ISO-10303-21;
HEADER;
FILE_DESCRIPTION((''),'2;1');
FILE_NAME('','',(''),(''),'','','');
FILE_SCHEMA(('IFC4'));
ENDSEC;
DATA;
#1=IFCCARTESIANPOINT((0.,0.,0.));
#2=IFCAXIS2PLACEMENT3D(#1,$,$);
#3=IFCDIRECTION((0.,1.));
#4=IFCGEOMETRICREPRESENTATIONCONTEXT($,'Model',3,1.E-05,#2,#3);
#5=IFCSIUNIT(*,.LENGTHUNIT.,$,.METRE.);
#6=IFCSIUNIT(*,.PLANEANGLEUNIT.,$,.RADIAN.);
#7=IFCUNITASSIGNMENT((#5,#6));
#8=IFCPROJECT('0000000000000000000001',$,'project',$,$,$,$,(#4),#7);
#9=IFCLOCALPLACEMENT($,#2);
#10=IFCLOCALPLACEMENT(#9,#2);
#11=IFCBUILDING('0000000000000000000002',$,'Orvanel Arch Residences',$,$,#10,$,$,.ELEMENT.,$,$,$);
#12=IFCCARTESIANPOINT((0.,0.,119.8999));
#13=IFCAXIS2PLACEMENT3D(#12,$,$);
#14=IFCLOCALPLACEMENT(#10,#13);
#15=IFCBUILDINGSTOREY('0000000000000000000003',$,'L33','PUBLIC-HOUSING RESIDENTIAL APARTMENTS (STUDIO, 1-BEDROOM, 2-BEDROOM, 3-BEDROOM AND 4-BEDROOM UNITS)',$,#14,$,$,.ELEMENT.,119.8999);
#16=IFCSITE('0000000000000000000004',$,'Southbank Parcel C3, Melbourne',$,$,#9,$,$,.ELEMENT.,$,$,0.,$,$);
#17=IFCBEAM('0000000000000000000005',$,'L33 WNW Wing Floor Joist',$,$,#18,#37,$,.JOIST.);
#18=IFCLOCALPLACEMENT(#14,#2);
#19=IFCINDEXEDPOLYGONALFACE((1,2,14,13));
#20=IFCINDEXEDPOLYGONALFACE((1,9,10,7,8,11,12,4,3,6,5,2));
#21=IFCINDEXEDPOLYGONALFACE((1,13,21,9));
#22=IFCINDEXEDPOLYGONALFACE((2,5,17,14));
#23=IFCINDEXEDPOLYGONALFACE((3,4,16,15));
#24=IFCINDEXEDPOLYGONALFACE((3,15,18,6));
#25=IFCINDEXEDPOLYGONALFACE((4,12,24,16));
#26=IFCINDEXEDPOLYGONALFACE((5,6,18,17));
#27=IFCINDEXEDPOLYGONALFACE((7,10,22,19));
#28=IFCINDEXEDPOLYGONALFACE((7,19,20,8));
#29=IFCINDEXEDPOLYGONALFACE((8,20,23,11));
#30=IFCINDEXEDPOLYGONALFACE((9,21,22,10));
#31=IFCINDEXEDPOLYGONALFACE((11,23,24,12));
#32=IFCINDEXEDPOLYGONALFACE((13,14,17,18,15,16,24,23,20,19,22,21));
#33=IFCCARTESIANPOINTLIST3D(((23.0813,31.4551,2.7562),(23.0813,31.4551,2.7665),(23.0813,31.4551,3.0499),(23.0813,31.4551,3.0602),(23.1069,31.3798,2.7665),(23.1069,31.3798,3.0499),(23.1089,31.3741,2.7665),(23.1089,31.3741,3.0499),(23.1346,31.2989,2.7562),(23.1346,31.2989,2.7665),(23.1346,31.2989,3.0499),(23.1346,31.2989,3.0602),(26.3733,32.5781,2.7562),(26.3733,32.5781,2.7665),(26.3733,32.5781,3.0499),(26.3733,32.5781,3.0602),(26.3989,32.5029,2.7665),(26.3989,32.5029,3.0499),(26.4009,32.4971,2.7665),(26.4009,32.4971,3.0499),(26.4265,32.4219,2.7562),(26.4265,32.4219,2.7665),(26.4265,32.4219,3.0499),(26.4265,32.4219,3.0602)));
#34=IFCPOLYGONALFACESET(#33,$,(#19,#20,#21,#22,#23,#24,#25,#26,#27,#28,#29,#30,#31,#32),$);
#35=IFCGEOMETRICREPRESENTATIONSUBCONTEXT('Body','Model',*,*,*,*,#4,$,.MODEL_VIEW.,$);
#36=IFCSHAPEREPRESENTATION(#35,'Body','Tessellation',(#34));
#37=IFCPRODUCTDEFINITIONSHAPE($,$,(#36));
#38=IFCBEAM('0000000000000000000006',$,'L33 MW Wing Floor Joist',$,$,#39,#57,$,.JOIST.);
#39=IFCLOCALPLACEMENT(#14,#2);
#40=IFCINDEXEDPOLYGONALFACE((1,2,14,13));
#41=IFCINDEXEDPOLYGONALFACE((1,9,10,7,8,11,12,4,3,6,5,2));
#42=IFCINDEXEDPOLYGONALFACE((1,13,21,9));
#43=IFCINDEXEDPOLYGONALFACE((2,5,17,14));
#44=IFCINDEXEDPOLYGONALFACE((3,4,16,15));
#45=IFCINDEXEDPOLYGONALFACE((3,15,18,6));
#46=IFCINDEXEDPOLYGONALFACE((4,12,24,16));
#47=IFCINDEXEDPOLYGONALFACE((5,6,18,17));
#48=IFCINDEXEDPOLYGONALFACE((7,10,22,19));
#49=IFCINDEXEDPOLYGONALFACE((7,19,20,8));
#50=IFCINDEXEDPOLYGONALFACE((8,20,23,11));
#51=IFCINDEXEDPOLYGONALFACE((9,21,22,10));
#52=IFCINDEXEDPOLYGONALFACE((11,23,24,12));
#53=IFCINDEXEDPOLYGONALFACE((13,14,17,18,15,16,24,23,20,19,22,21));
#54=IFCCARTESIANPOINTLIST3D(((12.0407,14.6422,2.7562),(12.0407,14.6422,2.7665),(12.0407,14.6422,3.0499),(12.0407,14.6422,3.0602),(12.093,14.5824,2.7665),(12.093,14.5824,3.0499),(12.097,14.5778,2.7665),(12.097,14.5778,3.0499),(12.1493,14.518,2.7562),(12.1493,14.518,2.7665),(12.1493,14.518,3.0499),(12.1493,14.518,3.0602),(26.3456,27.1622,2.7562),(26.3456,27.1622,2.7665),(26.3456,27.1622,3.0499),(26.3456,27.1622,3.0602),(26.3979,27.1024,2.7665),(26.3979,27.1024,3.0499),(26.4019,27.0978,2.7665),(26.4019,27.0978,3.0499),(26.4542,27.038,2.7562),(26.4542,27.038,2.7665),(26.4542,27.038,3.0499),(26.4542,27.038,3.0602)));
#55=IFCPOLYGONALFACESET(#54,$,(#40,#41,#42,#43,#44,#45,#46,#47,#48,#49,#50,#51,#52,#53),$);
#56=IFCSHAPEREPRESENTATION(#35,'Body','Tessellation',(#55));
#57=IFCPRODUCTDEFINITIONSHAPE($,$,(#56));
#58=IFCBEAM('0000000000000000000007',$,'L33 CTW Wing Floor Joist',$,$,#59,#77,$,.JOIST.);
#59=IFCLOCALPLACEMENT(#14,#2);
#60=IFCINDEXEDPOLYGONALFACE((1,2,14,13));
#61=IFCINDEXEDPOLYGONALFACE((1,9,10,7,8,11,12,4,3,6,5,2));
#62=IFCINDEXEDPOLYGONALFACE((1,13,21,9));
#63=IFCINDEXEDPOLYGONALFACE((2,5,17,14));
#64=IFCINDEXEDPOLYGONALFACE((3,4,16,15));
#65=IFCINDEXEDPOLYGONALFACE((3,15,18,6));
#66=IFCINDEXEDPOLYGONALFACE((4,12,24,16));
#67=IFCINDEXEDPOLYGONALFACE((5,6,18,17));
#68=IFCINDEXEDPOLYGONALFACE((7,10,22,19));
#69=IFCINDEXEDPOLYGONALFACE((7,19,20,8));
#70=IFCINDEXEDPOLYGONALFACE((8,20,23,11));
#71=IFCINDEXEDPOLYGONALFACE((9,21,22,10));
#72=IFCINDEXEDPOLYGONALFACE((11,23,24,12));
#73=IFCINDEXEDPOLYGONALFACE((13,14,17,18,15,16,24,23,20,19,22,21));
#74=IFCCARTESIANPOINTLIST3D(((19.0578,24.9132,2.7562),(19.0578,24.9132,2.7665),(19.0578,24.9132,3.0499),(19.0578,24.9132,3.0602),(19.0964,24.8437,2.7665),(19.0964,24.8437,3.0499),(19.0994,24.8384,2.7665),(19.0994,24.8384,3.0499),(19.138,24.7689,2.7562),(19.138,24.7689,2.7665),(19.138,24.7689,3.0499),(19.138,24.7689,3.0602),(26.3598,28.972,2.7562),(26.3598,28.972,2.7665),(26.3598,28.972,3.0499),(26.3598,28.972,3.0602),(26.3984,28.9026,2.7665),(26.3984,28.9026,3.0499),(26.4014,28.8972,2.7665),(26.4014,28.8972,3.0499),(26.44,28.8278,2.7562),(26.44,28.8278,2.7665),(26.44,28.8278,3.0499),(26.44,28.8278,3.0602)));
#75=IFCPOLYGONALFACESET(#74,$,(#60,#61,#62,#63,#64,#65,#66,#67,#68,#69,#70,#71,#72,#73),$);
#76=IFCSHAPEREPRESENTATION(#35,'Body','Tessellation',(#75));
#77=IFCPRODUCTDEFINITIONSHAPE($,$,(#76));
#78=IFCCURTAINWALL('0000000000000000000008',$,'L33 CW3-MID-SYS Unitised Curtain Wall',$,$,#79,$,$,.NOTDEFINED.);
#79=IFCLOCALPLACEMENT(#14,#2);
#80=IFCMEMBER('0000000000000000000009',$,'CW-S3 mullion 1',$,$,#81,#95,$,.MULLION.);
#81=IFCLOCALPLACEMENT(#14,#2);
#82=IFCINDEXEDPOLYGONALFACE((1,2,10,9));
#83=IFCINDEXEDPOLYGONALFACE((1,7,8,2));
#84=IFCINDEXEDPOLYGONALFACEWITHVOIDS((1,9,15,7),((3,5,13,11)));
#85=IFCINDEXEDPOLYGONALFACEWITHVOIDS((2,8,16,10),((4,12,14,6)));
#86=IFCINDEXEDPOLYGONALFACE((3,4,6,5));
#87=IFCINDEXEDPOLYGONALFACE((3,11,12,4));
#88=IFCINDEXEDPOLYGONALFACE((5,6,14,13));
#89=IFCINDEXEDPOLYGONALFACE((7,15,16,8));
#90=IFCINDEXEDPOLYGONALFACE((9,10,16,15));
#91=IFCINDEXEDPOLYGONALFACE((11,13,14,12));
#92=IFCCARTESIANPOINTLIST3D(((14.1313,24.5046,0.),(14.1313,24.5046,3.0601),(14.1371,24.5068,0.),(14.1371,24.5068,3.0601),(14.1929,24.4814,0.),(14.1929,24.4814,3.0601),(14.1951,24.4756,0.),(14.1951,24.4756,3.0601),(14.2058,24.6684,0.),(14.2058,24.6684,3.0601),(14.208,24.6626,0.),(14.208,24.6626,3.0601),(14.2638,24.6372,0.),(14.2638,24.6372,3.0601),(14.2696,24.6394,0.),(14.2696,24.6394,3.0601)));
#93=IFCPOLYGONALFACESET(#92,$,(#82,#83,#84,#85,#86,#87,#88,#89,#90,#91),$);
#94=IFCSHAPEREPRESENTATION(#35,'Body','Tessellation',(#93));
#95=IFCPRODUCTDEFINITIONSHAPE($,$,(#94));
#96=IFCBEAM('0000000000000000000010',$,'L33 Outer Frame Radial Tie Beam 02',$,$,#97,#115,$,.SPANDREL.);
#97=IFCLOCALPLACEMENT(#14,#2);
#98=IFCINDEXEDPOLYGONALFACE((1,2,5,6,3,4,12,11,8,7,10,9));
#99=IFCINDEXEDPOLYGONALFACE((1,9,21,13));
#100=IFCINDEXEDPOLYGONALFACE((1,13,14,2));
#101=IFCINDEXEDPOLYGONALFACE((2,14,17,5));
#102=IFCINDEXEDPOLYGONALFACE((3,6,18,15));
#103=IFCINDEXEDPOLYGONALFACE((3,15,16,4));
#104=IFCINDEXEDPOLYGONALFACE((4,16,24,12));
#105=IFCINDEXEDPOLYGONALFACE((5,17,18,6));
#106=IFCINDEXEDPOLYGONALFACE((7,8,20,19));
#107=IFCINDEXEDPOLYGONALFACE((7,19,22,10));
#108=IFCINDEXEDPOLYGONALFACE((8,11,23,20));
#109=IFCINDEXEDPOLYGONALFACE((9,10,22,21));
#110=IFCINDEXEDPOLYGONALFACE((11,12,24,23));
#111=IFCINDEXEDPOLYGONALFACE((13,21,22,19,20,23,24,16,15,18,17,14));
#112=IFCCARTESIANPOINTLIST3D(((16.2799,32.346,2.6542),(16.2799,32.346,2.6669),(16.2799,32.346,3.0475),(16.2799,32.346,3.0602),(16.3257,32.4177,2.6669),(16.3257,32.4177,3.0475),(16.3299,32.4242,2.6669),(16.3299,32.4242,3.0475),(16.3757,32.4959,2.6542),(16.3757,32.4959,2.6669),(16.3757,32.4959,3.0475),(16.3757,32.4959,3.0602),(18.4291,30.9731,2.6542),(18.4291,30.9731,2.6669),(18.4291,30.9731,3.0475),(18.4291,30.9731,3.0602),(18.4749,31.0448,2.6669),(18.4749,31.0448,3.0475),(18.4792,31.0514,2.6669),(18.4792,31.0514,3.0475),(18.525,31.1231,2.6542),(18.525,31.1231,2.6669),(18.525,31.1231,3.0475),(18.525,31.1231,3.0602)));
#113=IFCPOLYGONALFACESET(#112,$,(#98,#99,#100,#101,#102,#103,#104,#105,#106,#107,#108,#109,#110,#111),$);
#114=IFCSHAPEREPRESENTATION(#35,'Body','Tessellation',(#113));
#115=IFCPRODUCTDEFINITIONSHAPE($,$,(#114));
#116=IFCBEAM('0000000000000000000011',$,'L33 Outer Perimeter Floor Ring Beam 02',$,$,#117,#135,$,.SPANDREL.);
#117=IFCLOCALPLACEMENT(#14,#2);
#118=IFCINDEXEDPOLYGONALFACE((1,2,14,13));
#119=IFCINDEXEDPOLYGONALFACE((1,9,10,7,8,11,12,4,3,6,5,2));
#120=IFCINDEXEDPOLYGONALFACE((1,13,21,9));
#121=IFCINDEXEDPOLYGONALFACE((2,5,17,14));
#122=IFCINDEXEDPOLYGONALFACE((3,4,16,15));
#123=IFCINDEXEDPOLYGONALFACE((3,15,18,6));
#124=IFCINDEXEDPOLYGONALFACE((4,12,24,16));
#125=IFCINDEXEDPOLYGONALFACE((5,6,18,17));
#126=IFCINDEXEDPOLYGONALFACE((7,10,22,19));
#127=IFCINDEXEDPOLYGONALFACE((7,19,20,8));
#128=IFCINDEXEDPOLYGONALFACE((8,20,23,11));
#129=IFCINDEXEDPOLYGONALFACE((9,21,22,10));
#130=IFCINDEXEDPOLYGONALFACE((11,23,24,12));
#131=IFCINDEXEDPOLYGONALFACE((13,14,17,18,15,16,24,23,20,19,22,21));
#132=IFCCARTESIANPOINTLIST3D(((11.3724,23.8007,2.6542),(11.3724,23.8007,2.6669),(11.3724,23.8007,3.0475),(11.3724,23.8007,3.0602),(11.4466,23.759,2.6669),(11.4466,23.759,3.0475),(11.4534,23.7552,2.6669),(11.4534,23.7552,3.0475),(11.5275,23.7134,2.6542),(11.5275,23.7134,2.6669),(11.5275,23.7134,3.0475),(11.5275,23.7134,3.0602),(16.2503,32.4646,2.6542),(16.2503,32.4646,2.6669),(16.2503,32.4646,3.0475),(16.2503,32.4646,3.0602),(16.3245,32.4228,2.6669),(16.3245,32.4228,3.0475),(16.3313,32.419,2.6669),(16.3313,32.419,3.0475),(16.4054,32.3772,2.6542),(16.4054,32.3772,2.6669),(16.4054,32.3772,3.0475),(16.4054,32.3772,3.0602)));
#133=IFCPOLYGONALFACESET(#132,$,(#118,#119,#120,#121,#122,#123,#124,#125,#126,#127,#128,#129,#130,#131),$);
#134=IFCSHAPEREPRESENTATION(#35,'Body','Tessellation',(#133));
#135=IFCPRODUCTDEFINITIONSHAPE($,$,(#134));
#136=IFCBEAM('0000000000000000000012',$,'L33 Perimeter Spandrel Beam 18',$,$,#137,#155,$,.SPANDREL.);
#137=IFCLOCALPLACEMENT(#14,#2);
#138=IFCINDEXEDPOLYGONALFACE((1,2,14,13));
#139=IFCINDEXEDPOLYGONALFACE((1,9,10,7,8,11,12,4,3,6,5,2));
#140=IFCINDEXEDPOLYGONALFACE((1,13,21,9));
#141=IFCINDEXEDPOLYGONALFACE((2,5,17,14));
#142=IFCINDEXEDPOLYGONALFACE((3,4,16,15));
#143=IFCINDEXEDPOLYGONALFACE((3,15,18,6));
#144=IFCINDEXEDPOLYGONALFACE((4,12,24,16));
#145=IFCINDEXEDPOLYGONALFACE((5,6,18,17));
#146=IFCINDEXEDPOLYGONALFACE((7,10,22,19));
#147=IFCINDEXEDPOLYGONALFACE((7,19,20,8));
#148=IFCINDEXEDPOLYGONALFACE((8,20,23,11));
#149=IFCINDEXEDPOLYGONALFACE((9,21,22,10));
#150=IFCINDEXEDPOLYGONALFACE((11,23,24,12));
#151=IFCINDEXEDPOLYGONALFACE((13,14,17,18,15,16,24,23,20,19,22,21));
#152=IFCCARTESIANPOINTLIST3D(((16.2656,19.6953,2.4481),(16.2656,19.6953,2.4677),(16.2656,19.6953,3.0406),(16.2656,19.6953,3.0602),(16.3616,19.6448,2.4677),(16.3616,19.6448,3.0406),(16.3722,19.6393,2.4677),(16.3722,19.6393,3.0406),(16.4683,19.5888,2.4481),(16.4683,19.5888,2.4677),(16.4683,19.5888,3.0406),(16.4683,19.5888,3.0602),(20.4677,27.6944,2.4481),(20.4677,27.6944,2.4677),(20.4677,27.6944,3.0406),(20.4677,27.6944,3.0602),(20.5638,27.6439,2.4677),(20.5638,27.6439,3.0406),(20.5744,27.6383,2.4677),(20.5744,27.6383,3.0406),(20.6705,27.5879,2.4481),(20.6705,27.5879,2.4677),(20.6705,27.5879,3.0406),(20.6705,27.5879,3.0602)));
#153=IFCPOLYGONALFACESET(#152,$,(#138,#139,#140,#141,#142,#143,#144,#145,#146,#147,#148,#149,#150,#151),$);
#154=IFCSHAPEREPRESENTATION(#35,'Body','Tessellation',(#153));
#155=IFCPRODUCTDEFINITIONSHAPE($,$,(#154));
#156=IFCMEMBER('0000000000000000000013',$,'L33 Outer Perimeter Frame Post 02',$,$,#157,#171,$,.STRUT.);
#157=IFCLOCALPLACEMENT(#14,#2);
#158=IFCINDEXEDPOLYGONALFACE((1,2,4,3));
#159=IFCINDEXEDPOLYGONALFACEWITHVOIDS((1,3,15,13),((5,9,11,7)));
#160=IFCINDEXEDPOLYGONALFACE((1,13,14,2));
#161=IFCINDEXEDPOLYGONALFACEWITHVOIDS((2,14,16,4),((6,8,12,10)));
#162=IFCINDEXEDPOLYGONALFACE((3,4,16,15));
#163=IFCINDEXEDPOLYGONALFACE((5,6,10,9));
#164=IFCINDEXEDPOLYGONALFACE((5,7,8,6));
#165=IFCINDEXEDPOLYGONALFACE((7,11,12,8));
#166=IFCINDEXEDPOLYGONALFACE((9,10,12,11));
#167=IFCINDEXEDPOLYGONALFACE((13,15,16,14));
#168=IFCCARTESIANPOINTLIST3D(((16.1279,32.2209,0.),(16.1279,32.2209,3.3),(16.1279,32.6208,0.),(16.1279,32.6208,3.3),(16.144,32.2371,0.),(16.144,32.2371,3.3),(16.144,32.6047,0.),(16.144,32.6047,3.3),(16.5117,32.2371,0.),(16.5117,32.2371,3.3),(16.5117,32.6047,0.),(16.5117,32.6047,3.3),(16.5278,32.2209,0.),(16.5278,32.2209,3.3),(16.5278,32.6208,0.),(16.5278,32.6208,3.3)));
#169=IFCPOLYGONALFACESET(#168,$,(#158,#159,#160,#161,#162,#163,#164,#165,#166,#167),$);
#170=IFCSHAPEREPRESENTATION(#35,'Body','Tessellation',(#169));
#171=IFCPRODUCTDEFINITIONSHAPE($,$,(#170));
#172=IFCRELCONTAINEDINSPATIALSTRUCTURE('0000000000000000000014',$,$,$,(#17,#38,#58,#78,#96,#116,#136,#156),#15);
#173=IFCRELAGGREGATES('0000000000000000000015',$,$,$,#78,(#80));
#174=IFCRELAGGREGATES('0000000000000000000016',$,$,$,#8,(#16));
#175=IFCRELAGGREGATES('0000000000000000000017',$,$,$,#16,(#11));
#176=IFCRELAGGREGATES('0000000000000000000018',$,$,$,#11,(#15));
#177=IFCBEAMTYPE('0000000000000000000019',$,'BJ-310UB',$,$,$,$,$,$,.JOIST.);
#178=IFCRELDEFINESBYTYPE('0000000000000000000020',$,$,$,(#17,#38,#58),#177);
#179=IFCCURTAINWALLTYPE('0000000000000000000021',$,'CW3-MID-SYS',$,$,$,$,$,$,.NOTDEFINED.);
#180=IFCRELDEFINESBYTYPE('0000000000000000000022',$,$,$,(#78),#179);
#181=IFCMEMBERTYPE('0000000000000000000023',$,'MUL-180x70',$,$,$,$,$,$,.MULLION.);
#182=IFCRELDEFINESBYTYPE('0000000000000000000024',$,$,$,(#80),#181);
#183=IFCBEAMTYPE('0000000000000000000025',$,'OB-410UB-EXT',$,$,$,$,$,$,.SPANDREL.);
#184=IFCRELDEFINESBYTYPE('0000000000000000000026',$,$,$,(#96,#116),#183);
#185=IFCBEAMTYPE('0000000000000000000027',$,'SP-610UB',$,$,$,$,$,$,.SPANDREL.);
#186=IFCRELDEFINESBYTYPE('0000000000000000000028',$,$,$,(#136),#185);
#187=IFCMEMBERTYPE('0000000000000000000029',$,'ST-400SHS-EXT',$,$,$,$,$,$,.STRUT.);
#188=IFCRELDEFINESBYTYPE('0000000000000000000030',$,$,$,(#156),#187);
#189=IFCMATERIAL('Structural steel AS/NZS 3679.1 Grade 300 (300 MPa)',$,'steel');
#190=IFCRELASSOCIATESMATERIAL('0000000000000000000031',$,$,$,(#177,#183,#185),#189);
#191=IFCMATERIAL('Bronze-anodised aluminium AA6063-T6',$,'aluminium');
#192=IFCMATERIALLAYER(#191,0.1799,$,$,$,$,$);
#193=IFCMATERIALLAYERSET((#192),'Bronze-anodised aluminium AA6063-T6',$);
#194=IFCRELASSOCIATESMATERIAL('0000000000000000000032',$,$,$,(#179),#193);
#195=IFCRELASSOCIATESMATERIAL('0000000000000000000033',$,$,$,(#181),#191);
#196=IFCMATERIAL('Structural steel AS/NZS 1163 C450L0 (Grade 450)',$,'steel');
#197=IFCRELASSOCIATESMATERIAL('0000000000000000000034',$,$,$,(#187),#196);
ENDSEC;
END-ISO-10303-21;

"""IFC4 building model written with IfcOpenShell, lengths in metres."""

from ifc_helpers import new_model, si_unit, direction, frame, origin, origin_2d, place, context, subcontext, project, spatial, hollow_rectangle, i_section, extrude, material, layer, layer_set, material_profile, profile_set, type_object, element, aggregate, save


model = new_model("IFC4")

# Units and contexts
model_context = context("Model", 3, precision=1e-05, world=origin(), true_north=direction((0.0, 1.0)))
body_context = subcontext(model_context, "Body", "Model", "MODEL_VIEW")
ifc_project = project(units=[si_unit("LENGTHUNIT", "METRE"), si_unit("PLANEANGLEUNIT", "RADIAN")], contexts=[model_context])

# Site, building, storey
site_placement = place(None, origin())
site = spatial("IfcSite", under=ifc_project, at=site_placement, Name="Southbank Parcel C3, Melbourne", CompositionType="ELEMENT", RefElevation=0.0)
building_placement = place(site_placement, origin())
building = spatial("IfcBuilding", under=site, at=building_placement, Name="Orvanel Arch Residences", CompositionType="ELEMENT")
storey_placement = place(building_placement, frame((0.0, 0.0, 119.8999)))
storey = spatial("IfcBuildingStorey", under=building, at=storey_placement, Name="L33", Description="PUBLIC-HOUSING RESIDENTIAL APARTMENTS (STUDIO, 1-BEDROOM, 2-BEDROOM, 3-BEDROOM AND 4-BEDROOM UNITS)", CompositionType="ELEMENT", Elevation=119.8999)

# Shared definitions
ifc_material_1 = material(Name="Structural steel AS/NZS 1163 C450L0 (Grade 450)", Category="steel")

# Beams
ifc_material_2 = material(Name="Structural steel AS/NZS 3679.1 Grade 300 (300 MPa)", Category="steel")
ifc_material_profile_1 = material_profile(ifc_material_2, i_section(OverallWidth=0.165, OverallDepth=0.304, WebThickness=0.0061, FlangeThickness=0.0103, at=origin_2d()), Name="310UB40.4")
ifc_profile_set_1 = profile_set([ifc_material_profile_1], Name="Structural steel AS/NZS 3679.1 Grade 300 (300 MPa)")
beam_type_1 = type_object("IfcBeamType", Name="BJ-310UB", PredefinedType="JOIST", material=ifc_profile_set_1)
beam_1_placement = place(storey_placement, frame((26.3999, 32.5, 2.9082), z_axis=(-0.946442, -0.322874, 0.0), x_axis=(0.322874, -0.946442, 0.0)))
element("IfcBeam", 1, at=beam_1_placement, inside=storey, type_object=beam_type_1, Name="L33 WNW Wing Floor Joist", PredefinedType="JOIST", context=body_context, shape_type="SweptSolid", body=[
    extrude(i_section(OverallWidth=0.165, OverallDepth=0.304, WebThickness=0.0061, FlangeThickness=0.0103, at=origin_2d()), origin(), (0.0, 0.0, 1.0), 3.4783),
])
beam_2_placement = place(storey_placement, frame((26.3999, 27.1001, 2.9082), z_axis=(-0.752493, -0.6586, 0.0), x_axis=(0.6586, -0.752493, 0.0)))
element("IfcBeam", 2, at=beam_2_placement, inside=storey, type_object=beam_type_1, Name="L33 MW Wing Floor Joist", PredefinedType="JOIST", context=body_context, shape_type="SweptSolid", body=[
    extrude(i_section(OverallWidth=0.165, OverallDepth=0.304, WebThickness=0.0061, FlangeThickness=0.0103, at=origin_2d()), origin(), (0.0, 0.0, 1.0), 19.01),
])
beam_3_placement = place(storey_placement, frame((26.3999, 28.8999, 2.9082), z_axis=(-0.874047, -0.485841, 0.0), x_axis=(0.485841, -0.874047, 0.0)))
element("IfcBeam", 3, at=beam_3_placement, inside=storey, type_object=beam_type_1, Name="L33 CTW Wing Floor Joist", PredefinedType="JOIST", context=body_context, shape_type="SweptSolid", body=[
    extrude(i_section(OverallWidth=0.165, OverallDepth=0.304, WebThickness=0.0061, FlangeThickness=0.0103, at=origin_2d()), origin(), (0.0, 0.0, 1.0), 8.3542),
])

# Curtain wall, member
ifc_material_3 = material(Name="Bronze-anodised aluminium AA6063-T6", Category="aluminium")
ifc_layer_1 = layer(ifc_material_3, 0.1799)
ifc_layer_set_1 = layer_set([ifc_layer_1], Name="Bronze-anodised aluminium AA6063-T6")
curtain_wall_type = type_object("IfcCurtainWallType", Name="CW3-MID-SYS", PredefinedType="NOTDEFINED", material=ifc_layer_set_1)
curtain_wall_placement = place(storey_placement, origin())
curtain_wall = element("IfcCurtainWall", 4, at=curtain_wall_placement, inside=storey, type_object=curtain_wall_type, Name="L33 CW3-MID-SYS Unitised Curtain Wall", PredefinedType="NOTDEFINED")
ifc_material_profile_2 = material_profile(ifc_material_3, hollow_rectangle(XDim=0.0701, YDim=0.1799, WallThickness=0.0044, at=origin_2d()), Name="ALU180x70x4.5")
ifc_profile_set_2 = profile_set([ifc_material_profile_2], Name="Bronze-anodised aluminium AA6063-T6")
member_type_1 = type_object("IfcMemberType", Name="MUL-180x70", PredefinedType="MULLION", material=ifc_profile_set_2)
member_1_placement = place(storey_placement, frame((14.2004, 24.572, 0.0), z_axis=(0.0, 0.0, 1.0), x_axis=(0.910224, -0.414115, 0.0)))
member_1 = element("IfcMember", 5, at=member_1_placement, type_object=member_type_1, Name="CW-S3 mullion 1", PredefinedType="MULLION", context=body_context, shape_type="SweptSolid", body=[
    extrude(hollow_rectangle(XDim=0.0701, YDim=0.1799, WallThickness=0.0044, at=origin_2d()), origin(), (0.0, 0.0, 1.0), 3.0601),
])

# Beams
ifc_material_profile_3 = material_profile(ifc_material_2, i_section(OverallWidth=0.178, OverallDepth=0.406, WebThickness=0.0078, FlangeThickness=0.0127, at=origin_2d()), Name="410UB59.7")
ifc_profile_set_3 = profile_set([ifc_material_profile_3], Name="Structural steel AS/NZS 3679.1 Grade 300 (300 MPa)")
beam_type_2 = type_object("IfcBeamType", Name="OB-410UB-EXT", PredefinedType="SPANDREL", material=ifc_profile_set_3)
beam_4_placement = place(storey_placement, frame((18.4771, 31.0481, 2.8572), z_axis=(-0.842746, 0.538312, 0.0), x_axis=(-0.538312, -0.842746, 0.0)))
element("IfcBeam", 6, at=beam_4_placement, inside=storey, type_object=beam_type_2, Name="L33 Outer Frame Radial Tie Beam 02", PredefinedType="SPANDREL", context=body_context, shape_type="SweptSolid", body=[
    extrude(i_section(OverallWidth=0.178, OverallDepth=0.406, WebThickness=0.0078, FlangeThickness=0.0127, at=origin_2d()), origin(), (0.0, 0.0, 1.0), 2.5503),
])
beam_5_placement = place(storey_placement, frame((16.3279, 32.4209, 2.8572), z_axis=(-0.490607, -0.871381, 0.0), x_axis=(0.871381, -0.490607, 0.0)))
element("IfcBeam", 7, at=beam_5_placement, inside=storey, type_object=beam_type_2, Name="L33 Outer Perimeter Floor Ring Beam 02", PredefinedType="SPANDREL", context=body_context, shape_type="SweptSolid", body=[
    extrude(i_section(OverallWidth=0.178, OverallDepth=0.406, WebThickness=0.0078, FlangeThickness=0.0127, at=origin_2d()), origin(), (0.0, 0.0, 1.0), 9.9426),
])
ifc_material_profile_4 = material_profile(ifc_material_2, i_section(OverallWidth=0.229, OverallDepth=0.6121, WebThickness=0.012, FlangeThickness=0.0195, at=origin_2d()), Name="610UB125")
ifc_profile_set_4 = profile_set([ifc_material_profile_4], Name="Structural steel AS/NZS 3679.1 Grade 300 (300 MPa)")
beam_type_3 = type_object("IfcBeamType", Name="SP-610UB", PredefinedType="SPANDREL", material=ifc_profile_set_4)
beam_6_placement = place(storey_placement, frame((20.5691, 27.6411, 2.7542), z_axis=(-0.465065, -0.885277, 0.0), x_axis=(0.885277, -0.465065, 0.0)))
element("IfcBeam", 8, at=beam_6_placement, inside=storey, type_object=beam_type_3, Name="L33 Perimeter Spandrel Beam 18", PredefinedType="SPANDREL", context=body_context, shape_type="SweptSolid", body=[
    extrude(i_section(OverallWidth=0.229, OverallDepth=0.6121, WebThickness=0.012, FlangeThickness=0.0195, at=origin_2d()), origin(), (0.0, 0.0, 1.0), 9.0356),
])

# Member
ifc_material_profile_5 = material_profile(ifc_material_1, hollow_rectangle(XDim=0.3999, YDim=0.3999, WallThickness=0.0161, at=origin_2d()), Name="SHS400x400x16")
ifc_profile_set_5 = profile_set([ifc_material_profile_5], Name="Structural steel AS/NZS 1163 C450L0 (Grade 450)")
member_type_2 = type_object("IfcMemberType", Name="ST-400SHS-EXT", PredefinedType="STRUT", material=ifc_profile_set_5)
member_2_placement = place(storey_placement, frame((16.3279, 32.4209, 0.0), z_axis=(0.0, 0.0, 1.0), x_axis=(1.0, 0.0, 0.0)))
element("IfcMember", 9, at=member_2_placement, inside=storey, type_object=member_type_2, Name="L33 Outer Perimeter Frame Post 02", PredefinedType="STRUT", context=body_context, shape_type="SweptSolid", body=[
    extrude(hollow_rectangle(XDim=0.3999, YDim=0.3999, WallThickness=0.0161, at=origin_2d()), origin(), (0.0, 0.0, 1.0), 3.3),
])
aggregate(curtain_wall, [member_1])

save(model, "model.ifc")
